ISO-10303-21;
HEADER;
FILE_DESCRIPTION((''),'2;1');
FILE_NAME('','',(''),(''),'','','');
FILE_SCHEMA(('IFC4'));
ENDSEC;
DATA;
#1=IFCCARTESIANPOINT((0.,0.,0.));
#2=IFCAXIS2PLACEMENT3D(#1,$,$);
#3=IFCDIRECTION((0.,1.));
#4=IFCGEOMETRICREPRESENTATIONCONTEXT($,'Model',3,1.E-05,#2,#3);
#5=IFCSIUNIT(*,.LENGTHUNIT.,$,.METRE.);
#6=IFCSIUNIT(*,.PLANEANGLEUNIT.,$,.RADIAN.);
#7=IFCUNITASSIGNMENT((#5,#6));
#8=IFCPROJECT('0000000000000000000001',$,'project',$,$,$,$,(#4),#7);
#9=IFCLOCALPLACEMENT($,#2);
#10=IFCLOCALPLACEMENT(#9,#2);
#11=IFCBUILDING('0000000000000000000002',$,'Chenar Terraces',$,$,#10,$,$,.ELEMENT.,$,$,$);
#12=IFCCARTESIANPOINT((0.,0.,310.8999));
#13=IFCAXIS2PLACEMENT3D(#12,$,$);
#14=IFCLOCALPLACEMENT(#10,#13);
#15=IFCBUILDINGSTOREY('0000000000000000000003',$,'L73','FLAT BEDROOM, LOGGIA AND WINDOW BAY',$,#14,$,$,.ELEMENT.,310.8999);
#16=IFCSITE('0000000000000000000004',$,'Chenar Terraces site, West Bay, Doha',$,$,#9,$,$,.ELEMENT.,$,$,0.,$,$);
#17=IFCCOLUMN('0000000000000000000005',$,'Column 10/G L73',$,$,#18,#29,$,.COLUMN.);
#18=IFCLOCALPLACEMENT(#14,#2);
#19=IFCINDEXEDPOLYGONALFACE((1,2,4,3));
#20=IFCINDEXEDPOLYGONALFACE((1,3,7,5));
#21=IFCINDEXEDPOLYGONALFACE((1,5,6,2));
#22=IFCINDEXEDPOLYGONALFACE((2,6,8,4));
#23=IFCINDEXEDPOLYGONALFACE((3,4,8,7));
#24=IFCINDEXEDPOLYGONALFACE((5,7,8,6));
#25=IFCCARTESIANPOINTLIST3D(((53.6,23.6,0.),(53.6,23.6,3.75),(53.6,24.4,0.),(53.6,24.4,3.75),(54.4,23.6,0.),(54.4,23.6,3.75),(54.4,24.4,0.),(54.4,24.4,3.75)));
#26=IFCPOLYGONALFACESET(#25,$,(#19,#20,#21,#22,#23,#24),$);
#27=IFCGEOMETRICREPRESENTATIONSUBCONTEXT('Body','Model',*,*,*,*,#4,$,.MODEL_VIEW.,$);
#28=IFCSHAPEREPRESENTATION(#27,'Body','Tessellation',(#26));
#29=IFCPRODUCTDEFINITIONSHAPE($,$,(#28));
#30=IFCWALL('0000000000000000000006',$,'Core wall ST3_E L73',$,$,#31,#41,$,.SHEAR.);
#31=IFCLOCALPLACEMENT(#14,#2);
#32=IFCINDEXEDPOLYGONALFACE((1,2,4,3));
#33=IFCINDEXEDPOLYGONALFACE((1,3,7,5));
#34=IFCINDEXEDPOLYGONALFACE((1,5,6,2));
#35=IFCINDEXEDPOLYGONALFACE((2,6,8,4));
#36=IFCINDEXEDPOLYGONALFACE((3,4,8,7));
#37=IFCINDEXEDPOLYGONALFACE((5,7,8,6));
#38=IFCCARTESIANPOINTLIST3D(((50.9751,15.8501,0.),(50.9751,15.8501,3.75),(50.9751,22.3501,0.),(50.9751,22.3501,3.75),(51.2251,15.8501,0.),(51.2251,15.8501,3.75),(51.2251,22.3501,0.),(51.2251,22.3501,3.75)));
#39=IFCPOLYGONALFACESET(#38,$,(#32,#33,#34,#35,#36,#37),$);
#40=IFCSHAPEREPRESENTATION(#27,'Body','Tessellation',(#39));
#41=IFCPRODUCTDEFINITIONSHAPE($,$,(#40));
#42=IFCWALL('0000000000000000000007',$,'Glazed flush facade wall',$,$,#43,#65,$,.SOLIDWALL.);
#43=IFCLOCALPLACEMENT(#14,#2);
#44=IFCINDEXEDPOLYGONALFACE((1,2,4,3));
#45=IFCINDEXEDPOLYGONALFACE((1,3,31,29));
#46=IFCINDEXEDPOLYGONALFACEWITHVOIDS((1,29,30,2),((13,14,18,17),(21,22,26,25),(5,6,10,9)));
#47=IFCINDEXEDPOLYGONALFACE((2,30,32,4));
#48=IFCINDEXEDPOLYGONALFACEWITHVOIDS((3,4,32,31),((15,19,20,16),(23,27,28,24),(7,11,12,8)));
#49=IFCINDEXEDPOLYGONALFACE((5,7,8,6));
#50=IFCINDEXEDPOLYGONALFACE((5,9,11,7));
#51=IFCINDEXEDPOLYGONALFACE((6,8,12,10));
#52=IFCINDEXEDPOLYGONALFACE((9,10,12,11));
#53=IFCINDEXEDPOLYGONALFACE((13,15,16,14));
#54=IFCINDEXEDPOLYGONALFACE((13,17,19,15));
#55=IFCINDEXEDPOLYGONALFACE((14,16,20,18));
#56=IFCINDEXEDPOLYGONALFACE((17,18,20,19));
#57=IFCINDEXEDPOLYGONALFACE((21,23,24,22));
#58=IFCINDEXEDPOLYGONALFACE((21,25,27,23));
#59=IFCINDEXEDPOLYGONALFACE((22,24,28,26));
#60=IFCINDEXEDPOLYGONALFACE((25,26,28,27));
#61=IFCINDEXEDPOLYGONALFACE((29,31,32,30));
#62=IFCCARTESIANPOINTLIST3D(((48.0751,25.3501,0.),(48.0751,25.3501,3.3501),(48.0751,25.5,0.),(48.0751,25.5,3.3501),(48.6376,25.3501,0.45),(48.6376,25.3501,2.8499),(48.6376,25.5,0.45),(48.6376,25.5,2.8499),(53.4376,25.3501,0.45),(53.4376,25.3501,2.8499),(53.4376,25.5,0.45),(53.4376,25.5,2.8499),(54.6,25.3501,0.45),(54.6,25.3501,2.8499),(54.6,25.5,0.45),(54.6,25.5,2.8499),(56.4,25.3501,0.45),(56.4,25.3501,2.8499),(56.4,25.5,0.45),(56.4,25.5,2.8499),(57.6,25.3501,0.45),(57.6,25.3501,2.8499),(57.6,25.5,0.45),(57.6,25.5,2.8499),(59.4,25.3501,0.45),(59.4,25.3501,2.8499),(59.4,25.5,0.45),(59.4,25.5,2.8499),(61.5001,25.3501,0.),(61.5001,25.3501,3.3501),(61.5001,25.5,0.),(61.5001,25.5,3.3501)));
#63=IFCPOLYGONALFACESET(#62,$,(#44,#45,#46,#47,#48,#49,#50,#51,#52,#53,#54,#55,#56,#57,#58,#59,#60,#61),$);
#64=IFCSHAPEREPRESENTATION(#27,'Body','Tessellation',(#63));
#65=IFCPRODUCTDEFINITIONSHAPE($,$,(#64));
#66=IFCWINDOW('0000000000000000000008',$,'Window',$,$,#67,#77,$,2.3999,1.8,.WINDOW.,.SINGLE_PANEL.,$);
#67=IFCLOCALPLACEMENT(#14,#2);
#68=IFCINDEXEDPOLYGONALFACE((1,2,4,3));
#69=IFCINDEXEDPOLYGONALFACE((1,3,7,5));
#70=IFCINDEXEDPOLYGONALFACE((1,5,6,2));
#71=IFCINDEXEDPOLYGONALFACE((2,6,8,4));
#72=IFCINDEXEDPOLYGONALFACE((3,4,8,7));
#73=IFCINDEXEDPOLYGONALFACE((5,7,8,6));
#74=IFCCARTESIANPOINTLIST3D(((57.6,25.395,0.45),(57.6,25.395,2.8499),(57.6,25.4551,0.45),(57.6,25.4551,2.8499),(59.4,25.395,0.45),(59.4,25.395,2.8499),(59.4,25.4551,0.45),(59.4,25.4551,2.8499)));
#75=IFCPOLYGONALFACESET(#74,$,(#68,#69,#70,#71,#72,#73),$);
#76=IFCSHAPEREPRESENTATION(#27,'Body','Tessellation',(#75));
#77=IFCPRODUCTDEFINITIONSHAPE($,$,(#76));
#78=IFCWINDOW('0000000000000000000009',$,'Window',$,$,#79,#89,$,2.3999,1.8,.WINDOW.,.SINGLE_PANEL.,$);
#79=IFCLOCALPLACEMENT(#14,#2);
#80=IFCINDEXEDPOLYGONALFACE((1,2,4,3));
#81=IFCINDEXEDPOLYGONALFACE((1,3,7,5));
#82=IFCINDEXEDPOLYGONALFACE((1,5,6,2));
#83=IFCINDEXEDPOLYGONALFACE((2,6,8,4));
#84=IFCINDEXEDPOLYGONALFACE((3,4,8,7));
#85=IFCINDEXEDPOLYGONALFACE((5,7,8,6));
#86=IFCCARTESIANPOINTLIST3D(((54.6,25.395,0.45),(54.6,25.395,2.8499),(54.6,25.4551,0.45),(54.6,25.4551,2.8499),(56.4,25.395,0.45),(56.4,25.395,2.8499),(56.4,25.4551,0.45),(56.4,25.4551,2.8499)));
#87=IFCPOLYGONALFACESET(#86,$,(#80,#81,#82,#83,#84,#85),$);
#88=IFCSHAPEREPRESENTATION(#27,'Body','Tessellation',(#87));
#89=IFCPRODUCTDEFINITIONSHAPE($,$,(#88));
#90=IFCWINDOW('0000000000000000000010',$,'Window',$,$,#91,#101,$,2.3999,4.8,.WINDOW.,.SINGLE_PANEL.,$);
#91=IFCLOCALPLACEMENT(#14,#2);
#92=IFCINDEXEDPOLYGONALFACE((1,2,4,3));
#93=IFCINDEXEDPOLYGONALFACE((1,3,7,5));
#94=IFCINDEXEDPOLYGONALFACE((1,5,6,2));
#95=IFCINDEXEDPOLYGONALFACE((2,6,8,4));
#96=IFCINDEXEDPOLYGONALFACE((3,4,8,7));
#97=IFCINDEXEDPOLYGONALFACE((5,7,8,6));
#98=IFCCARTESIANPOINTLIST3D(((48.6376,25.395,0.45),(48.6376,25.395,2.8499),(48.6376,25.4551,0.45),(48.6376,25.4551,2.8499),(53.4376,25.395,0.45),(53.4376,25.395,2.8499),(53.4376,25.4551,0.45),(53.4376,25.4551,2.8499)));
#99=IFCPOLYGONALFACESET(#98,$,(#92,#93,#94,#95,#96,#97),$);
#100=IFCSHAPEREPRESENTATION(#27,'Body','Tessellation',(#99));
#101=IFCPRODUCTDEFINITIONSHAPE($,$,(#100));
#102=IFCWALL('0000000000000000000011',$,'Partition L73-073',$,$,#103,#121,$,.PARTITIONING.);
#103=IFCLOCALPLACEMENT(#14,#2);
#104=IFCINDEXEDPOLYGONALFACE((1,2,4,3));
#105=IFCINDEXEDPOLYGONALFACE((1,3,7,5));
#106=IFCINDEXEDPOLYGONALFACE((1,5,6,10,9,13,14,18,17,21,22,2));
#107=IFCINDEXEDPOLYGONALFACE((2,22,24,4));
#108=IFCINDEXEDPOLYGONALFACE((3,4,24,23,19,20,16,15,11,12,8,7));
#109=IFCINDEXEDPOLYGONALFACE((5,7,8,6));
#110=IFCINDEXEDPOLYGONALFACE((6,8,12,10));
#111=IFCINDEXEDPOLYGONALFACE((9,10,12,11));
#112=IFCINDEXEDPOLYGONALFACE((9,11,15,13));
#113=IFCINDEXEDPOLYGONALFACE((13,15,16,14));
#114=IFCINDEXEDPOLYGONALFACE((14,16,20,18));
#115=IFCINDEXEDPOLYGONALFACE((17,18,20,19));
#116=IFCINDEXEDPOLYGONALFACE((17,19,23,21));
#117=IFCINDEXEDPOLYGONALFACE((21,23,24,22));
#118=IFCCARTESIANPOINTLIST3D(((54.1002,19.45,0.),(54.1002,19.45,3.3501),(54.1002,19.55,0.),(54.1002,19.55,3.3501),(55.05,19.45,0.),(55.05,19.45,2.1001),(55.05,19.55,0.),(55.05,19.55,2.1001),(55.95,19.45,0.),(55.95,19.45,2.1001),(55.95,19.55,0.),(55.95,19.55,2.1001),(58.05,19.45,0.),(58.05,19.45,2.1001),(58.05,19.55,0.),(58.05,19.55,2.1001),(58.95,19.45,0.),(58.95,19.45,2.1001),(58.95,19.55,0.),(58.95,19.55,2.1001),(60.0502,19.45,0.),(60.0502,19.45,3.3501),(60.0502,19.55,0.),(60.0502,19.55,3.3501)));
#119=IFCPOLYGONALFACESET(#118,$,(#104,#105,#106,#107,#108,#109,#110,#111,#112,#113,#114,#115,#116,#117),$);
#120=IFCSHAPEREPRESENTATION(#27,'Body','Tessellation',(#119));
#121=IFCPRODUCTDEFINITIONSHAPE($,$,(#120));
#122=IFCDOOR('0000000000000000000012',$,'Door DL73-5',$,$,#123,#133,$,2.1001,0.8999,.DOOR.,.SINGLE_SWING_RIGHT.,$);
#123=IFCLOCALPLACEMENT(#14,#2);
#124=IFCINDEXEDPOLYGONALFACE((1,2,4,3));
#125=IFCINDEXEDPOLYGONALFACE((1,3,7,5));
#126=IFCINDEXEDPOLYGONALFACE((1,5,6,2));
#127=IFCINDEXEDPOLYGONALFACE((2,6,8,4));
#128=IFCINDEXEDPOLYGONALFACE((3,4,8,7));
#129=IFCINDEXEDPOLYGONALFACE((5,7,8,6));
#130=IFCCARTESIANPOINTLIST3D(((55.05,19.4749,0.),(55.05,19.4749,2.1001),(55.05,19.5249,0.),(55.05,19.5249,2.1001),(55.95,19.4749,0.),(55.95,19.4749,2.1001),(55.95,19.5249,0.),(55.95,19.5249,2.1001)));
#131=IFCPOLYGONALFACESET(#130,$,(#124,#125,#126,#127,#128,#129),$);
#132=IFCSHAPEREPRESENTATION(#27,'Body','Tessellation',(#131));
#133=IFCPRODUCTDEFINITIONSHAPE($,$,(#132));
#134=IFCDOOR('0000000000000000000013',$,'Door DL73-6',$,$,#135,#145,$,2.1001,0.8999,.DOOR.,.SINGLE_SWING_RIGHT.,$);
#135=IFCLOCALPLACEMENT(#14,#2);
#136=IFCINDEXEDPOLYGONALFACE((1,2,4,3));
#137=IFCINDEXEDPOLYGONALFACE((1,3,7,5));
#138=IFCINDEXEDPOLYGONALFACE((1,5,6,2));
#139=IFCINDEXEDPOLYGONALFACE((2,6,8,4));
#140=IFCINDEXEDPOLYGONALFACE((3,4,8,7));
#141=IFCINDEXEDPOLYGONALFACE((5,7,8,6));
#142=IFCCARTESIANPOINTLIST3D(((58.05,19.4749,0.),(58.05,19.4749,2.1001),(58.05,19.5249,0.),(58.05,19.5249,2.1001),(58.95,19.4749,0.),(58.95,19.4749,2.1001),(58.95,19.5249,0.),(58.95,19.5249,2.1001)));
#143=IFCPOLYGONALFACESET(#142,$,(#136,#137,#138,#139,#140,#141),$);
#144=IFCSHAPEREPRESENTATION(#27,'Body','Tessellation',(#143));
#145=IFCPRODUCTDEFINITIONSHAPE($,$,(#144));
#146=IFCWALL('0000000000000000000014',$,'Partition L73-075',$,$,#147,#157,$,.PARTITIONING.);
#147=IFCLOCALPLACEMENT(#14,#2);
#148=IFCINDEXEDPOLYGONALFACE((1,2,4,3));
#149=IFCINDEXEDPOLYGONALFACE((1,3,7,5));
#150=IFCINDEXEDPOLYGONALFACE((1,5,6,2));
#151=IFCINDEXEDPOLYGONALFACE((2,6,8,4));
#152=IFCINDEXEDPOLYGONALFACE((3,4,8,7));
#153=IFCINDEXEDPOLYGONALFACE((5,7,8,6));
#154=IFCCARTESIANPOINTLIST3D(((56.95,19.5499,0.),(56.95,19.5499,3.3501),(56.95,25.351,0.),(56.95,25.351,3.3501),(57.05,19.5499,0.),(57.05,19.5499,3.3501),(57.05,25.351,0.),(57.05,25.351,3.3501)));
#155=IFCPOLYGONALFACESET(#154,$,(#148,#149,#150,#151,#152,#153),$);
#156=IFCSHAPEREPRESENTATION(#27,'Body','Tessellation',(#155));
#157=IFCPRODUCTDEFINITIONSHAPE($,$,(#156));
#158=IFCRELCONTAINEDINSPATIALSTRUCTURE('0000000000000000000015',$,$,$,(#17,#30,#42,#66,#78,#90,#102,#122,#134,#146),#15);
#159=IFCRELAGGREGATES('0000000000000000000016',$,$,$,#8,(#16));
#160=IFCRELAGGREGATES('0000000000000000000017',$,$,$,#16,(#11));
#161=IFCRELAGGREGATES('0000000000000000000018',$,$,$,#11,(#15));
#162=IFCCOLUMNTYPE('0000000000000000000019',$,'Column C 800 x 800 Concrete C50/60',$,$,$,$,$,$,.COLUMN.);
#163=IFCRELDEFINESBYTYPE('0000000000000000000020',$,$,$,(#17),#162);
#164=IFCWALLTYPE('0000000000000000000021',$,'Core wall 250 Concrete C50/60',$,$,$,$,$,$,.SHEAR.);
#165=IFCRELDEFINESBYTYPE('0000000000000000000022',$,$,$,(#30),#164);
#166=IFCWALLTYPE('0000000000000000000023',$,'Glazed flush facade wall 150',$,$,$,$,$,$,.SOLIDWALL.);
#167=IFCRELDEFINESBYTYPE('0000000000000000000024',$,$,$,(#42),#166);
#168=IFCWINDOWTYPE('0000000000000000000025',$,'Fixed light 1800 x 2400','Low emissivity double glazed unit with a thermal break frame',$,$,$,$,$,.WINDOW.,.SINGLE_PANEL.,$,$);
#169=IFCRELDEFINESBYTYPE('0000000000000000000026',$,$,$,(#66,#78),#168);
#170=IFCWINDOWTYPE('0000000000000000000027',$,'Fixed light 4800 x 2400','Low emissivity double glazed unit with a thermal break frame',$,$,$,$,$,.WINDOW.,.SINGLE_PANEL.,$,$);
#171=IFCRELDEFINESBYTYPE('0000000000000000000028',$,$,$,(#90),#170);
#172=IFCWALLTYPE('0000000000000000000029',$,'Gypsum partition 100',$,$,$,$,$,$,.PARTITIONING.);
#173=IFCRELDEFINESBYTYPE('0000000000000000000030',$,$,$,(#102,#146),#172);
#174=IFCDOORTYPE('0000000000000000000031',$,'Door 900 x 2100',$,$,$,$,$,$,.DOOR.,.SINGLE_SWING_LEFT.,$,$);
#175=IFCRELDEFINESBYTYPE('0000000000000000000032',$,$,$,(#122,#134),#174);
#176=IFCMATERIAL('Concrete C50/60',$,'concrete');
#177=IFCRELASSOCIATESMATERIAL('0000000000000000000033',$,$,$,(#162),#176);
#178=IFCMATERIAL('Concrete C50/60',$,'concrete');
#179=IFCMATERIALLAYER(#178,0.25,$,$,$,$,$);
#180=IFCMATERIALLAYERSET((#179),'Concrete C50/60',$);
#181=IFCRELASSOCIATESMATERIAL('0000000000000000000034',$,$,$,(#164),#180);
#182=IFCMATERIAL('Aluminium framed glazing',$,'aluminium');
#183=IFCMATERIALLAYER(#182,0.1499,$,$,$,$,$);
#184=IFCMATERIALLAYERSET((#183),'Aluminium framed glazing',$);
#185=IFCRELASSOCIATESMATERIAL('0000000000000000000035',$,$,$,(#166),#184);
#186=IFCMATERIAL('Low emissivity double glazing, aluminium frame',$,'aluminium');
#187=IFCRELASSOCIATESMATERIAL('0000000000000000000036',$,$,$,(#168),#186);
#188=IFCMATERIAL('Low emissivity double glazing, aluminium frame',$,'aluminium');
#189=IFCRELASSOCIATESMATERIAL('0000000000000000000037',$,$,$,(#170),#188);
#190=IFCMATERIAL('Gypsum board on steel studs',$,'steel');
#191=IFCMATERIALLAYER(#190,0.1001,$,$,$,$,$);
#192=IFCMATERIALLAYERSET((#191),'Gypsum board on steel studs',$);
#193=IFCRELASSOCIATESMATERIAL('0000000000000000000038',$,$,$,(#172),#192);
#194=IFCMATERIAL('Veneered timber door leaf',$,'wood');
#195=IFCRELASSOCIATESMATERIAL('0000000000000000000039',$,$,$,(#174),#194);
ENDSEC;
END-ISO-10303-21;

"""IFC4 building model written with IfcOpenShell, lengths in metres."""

from ifc_helpers import new_model, si_unit, direction, frame, frame_2d, origin, origin_2d, place, context, subcontext, project, spatial, rectangle, extrude, material, layer, layer_set, material_profile, profile_set, type_object, element, fill, save


model = new_model("IFC4")

# Units and contexts
model_context = context("Model", 3, precision=1e-05, world=origin(), true_north=direction((0.0, 1.0)))
body_context = subcontext(model_context, "Body", "Model", "MODEL_VIEW")
ifc_project = project(units=[si_unit("LENGTHUNIT", "METRE"), si_unit("PLANEANGLEUNIT", "RADIAN")], contexts=[model_context])

# Site, building, storey
site_placement = place(None, origin())
site = spatial("IfcSite", under=ifc_project, at=site_placement, Name="Chenar Terraces site, West Bay, Doha", CompositionType="ELEMENT", RefElevation=0.0)
building_placement = place(site_placement, origin())
building = spatial("IfcBuilding", under=site, at=building_placement, Name="Chenar Terraces", CompositionType="ELEMENT")
storey_placement = place(building_placement, frame((0.0, 0.0, 310.8999)))
storey = spatial("IfcBuildingStorey", under=building, at=storey_placement, Name="L73", Description="FLAT BEDROOM, LOGGIA AND WINDOW BAY", CompositionType="ELEMENT", Elevation=310.8999)

# Column
ifc_material_1 = material(Name="Concrete C50/60", Category="concrete")
ifc_material_profile_1 = material_profile(ifc_material_1, rectangle(XDim=0.8, YDim=0.8, at=origin_2d()), Name="C 800 x 800")
ifc_profile_set_1 = profile_set([ifc_material_profile_1], Name="Concrete C50/60")
column_type = type_object("IfcColumnType", Name="Column C 800 x 800 Concrete C50/60", PredefinedType="COLUMN", material=ifc_profile_set_1)
column_placement = place(storey_placement, frame((54.0, 24.0, 0.0), z_axis=(0.0, 0.0, 1.0), x_axis=(1.0, 0.0, 0.0)))
element("IfcColumn", 1, at=column_placement, inside=storey, type_object=column_type, Name="Column 10/G L73", PredefinedType="COLUMN", context=body_context, shape_type="SweptSolid", body=[
    extrude(rectangle(XDim=0.8, YDim=0.8, at=origin_2d()), origin(), (0.0, 0.0, 1.0), 3.75),
])

# Wall
ifc_material_2 = material(Name="Concrete C50/60", Category="concrete")
ifc_layer_1 = layer(ifc_material_2, 0.25)
ifc_layer_set_1 = layer_set([ifc_layer_1], Name="Concrete C50/60")
wall_type_1 = type_object("IfcWallType", Name="Core wall 250 Concrete C50/60", PredefinedType="SHEAR", material=ifc_layer_set_1)
wall_1_placement = place(storey_placement, frame((51.1001, 15.8501, 0.0), z_axis=(0.0, 0.0, 1.0), x_axis=(0.0, 1.0, 0.0)))
element("IfcWall", 2, at=wall_1_placement, inside=storey, type_object=wall_type_1, Name="Core wall ST3_E L73", PredefinedType="SHEAR", context=body_context, shape_type="SweptSolid", body=[
    extrude(rectangle(XDim=6.5, YDim=0.25, at=frame_2d((3.25, 0.0))), origin(), (0.0, 0.0, 1.0), 3.75),
])

# Wall, openings, windows
ifc_material_3 = material(Name="Aluminium framed glazing", Category="aluminium")
ifc_layer_2 = layer(ifc_material_3, 0.1499)
ifc_layer_set_2 = layer_set([ifc_layer_2], Name="Aluminium framed glazing")
wall_type_2 = type_object("IfcWallType", Name="Glazed flush facade wall 150", PredefinedType="SOLIDWALL", material=ifc_layer_set_2)
wall_2_placement = place(storey_placement, frame((61.5, 25.425, 0.0), z_axis=(0.0, 0.0, 1.0), x_axis=(-1.0, 0.0, 0.0)))
wall_2 = element("IfcWall", 3, at=wall_2_placement, inside=storey, type_object=wall_type_2, Name="Glazed flush facade wall", PredefinedType="SOLIDWALL", context=body_context, shape_type="SweptSolid", body=[
    extrude(rectangle(XDim=13.425, YDim=0.1499, at=frame_2d((6.7124, 0.0))), origin(), (0.0, 0.0, 1.0), 3.3501),
])
opening_1_placement = place(wall_2_placement, frame((2.1001, 0.0, 0.45)))
opening_1 = element("IfcOpeningElement", 4, at=opening_1_placement, cuts=wall_2, PredefinedType="OPENING", context=body_context, shape_type="SweptSolid", body=[
    extrude(rectangle(XDim=1.8, YDim=2.3999, at=frame_2d((0.8999, 1.2))), frame((0.0, 0.085, 0.0), z_axis=(0.0, -1.0, 0.0), x_axis=(1.0, 0.0, 0.0)), (0.0, 0.0, 1.0), 0.1699),
])
opening_2_placement = place(wall_2_placement, frame((5.1001, 0.0, 0.45)))
opening_2 = element("IfcOpeningElement", 5, at=opening_2_placement, cuts=wall_2, PredefinedType="OPENING", context=body_context, shape_type="SweptSolid", body=[
    extrude(rectangle(XDim=1.8, YDim=2.3999, at=frame_2d((0.8999, 1.2))), frame((0.0, 0.085, 0.0), z_axis=(0.0, -1.0, 0.0), x_axis=(1.0, 0.0, 0.0)), (0.0, 0.0, 1.0), 0.1699),
])
opening_3_placement = place(wall_2_placement, frame((8.0625, 0.0, 0.45)))
opening_3 = element("IfcOpeningElement", 6, at=opening_3_placement, cuts=wall_2, PredefinedType="OPENING", context=body_context, shape_type="SweptSolid", body=[
    extrude(rectangle(XDim=4.8, YDim=2.3999, at=frame_2d((2.3999, 1.2))), frame((0.0, 0.085, 0.0), z_axis=(0.0, -1.0, 0.0), x_axis=(1.0, 0.0, 0.0)), (0.0, 0.0, 1.0), 0.1699),
])
ifc_material_4 = material(Name="Low emissivity double glazing, aluminium frame", Category="aluminium")
window_type_1 = type_object("IfcWindowType", Name="Fixed light 1800 x 2400", Description="Low emissivity double glazed unit with a thermal break frame", PartitioningType="SINGLE_PANEL", PredefinedType="WINDOW", material=ifc_material_4)
window_1_placement = place(opening_1_placement, origin())
window_1 = element("IfcWindow", 7, at=window_1_placement, inside=storey, type_object=window_type_1, Name="Window", OverallHeight=2.3999, OverallWidth=1.8, PartitioningType="SINGLE_PANEL", PredefinedType="WINDOW", context=body_context, shape_type="SweptSolid", body=[
    extrude(rectangle(XDim=1.8, YDim=2.3999, at=frame_2d((0.8999, 1.2))), frame((0.0, 0.03, 0.0), z_axis=(0.0, -1.0, 0.0), x_axis=(1.0, 0.0, 0.0)), (0.0, 0.0, 1.0), 0.0601),
])
fill(opening_1, window_1)
window_2_placement = place(opening_2_placement, origin())
window_2 = element("IfcWindow", 8, at=window_2_placement, inside=storey, type_object=window_type_1, Name="Window", OverallHeight=2.3999, OverallWidth=1.8, PartitioningType="SINGLE_PANEL", PredefinedType="WINDOW", context=body_context, shape_type="SweptSolid", body=[
    extrude(rectangle(XDim=1.8, YDim=2.3999, at=frame_2d((0.8999, 1.2))), frame((0.0, 0.03, 0.0), z_axis=(0.0, -1.0, 0.0), x_axis=(1.0, 0.0, 0.0)), (0.0, 0.0, 1.0), 0.0601),
])
fill(opening_2, window_2)
ifc_material_5 = material(Name="Low emissivity double glazing, aluminium frame", Category="aluminium")
window_type_2 = type_object("IfcWindowType", Name="Fixed light 4800 x 2400", Description="Low emissivity double glazed unit with a thermal break frame", PartitioningType="SINGLE_PANEL", PredefinedType="WINDOW", material=ifc_material_5)
window_3_placement = place(opening_3_placement, origin())
window_3 = element("IfcWindow", 9, at=window_3_placement, inside=storey, type_object=window_type_2, Name="Window", OverallHeight=2.3999, OverallWidth=4.8, PartitioningType="SINGLE_PANEL", PredefinedType="WINDOW", context=body_context, shape_type="SweptSolid", body=[
    extrude(rectangle(XDim=4.8, YDim=2.3999, at=frame_2d((2.3999, 1.2))), frame((0.0, 0.03, 0.0), z_axis=(0.0, -1.0, 0.0), x_axis=(1.0, 0.0, 0.0)), (0.0, 0.0, 1.0), 0.0601),
])
fill(opening_3, window_3)

# Wall, openings, doors
ifc_material_6 = material(Name="Gypsum board on steel studs", Category="steel")
ifc_layer_3 = layer(ifc_material_6, 0.1001)
ifc_layer_set_3 = layer_set([ifc_layer_3], Name="Gypsum board on steel studs")
wall_type_3 = type_object("IfcWallType", Name="Gypsum partition 100", PredefinedType="PARTITIONING", material=ifc_layer_set_3)
wall_3_placement = place(storey_placement, frame((54.1001, 19.5, 0.0), z_axis=(0.0, 0.0, 1.0), x_axis=(1.0, 0.0, 0.0)))
wall_3 = element("IfcWall", 10, at=wall_3_placement, inside=storey, type_object=wall_type_3, Name="Partition L73-073", PredefinedType="PARTITIONING", context=body_context, shape_type="SweptSolid", body=[
    extrude(rectangle(XDim=5.95, YDim=0.1001, at=frame_2d((2.9751, 0.0))), origin(), (0.0, 0.0, 1.0), 3.3501),
])
opening_4_placement = place(wall_3_placement, frame((0.95, 0.0, 0.0)))
opening_4 = element("IfcOpeningElement", 11, at=opening_4_placement, cuts=wall_3, PredefinedType="OPENING", context=body_context, shape_type="SweptSolid", body=[
    extrude(rectangle(XDim=0.8999, YDim=2.1001, at=frame_2d((0.45, 1.05))), frame((0.0, 0.0601, 0.0), z_axis=(0.0, -1.0, 0.0), x_axis=(1.0, 0.0, 0.0)), (0.0, 0.0, 1.0), 0.1201),
])
opening_5_placement = place(wall_3_placement, frame((3.95, 0.0, 0.0)))
opening_5 = element("IfcOpeningElement", 12, at=opening_5_placement, cuts=wall_3, PredefinedType="OPENING", context=body_context, shape_type="SweptSolid", body=[
    extrude(rectangle(XDim=0.8999, YDim=2.1001, at=frame_2d((0.45, 1.05))), frame((0.0, 0.0601, 0.0), z_axis=(0.0, -1.0, 0.0), x_axis=(1.0, 0.0, 0.0)), (0.0, 0.0, 1.0), 0.1201),
])
ifc_material_7 = material(Name="Veneered timber door leaf", Category="wood")
door_type = type_object("IfcDoorType", Name="Door 900 x 2100", OperationType="SINGLE_SWING_LEFT", PredefinedType="DOOR", material=ifc_material_7)
door_1_placement = place(opening_4_placement, origin())
door_1 = element("IfcDoor", 13, at=door_1_placement, inside=storey, type_object=door_type, Name="Door DL73-5", OperationType="SINGLE_SWING_RIGHT", OverallHeight=2.1001, OverallWidth=0.8999, PredefinedType="DOOR", context=body_context, shape_type="SweptSolid", body=[
    extrude(rectangle(XDim=0.8999, YDim=2.1001, at=frame_2d((0.45, 1.05))), frame((0.0, 0.0249, 0.0), z_axis=(0.0, -1.0, 0.0), x_axis=(1.0, 0.0, 0.0)), (0.0, 0.0, 1.0), 0.05),
])
fill(opening_4, door_1)
door_2_placement = place(opening_5_placement, origin())
door_2 = element("IfcDoor", 14, at=door_2_placement, inside=storey, type_object=door_type, Name="Door DL73-6", OperationType="SINGLE_SWING_RIGHT", OverallHeight=2.1001, OverallWidth=0.8999, PredefinedType="DOOR", context=body_context, shape_type="SweptSolid", body=[
    extrude(rectangle(XDim=0.8999, YDim=2.1001, at=frame_2d((0.45, 1.05))), frame((0.0, 0.0249, 0.0), z_axis=(0.0, -1.0, 0.0), x_axis=(1.0, 0.0, 0.0)), (0.0, 0.0, 1.0), 0.05),
])
fill(opening_5, door_2)

# Wall
wall_4_placement = place(storey_placement, frame((57.0, 19.55, 0.0), z_axis=(0.0, 0.0, 1.0), x_axis=(0.0, 1.0, 0.0)))
element("IfcWall", 15, at=wall_4_placement, inside=storey, type_object=wall_type_3, Name="Partition L73-075", PredefinedType="PARTITIONING", context=body_context, shape_type="SweptSolid", body=[
    extrude(rectangle(XDim=5.801, YDim=0.1001, at=frame_2d((2.9004, 0.0))), origin(), (0.0, 0.0, 1.0), 3.3501),
])

save(model, "model.ifc")
